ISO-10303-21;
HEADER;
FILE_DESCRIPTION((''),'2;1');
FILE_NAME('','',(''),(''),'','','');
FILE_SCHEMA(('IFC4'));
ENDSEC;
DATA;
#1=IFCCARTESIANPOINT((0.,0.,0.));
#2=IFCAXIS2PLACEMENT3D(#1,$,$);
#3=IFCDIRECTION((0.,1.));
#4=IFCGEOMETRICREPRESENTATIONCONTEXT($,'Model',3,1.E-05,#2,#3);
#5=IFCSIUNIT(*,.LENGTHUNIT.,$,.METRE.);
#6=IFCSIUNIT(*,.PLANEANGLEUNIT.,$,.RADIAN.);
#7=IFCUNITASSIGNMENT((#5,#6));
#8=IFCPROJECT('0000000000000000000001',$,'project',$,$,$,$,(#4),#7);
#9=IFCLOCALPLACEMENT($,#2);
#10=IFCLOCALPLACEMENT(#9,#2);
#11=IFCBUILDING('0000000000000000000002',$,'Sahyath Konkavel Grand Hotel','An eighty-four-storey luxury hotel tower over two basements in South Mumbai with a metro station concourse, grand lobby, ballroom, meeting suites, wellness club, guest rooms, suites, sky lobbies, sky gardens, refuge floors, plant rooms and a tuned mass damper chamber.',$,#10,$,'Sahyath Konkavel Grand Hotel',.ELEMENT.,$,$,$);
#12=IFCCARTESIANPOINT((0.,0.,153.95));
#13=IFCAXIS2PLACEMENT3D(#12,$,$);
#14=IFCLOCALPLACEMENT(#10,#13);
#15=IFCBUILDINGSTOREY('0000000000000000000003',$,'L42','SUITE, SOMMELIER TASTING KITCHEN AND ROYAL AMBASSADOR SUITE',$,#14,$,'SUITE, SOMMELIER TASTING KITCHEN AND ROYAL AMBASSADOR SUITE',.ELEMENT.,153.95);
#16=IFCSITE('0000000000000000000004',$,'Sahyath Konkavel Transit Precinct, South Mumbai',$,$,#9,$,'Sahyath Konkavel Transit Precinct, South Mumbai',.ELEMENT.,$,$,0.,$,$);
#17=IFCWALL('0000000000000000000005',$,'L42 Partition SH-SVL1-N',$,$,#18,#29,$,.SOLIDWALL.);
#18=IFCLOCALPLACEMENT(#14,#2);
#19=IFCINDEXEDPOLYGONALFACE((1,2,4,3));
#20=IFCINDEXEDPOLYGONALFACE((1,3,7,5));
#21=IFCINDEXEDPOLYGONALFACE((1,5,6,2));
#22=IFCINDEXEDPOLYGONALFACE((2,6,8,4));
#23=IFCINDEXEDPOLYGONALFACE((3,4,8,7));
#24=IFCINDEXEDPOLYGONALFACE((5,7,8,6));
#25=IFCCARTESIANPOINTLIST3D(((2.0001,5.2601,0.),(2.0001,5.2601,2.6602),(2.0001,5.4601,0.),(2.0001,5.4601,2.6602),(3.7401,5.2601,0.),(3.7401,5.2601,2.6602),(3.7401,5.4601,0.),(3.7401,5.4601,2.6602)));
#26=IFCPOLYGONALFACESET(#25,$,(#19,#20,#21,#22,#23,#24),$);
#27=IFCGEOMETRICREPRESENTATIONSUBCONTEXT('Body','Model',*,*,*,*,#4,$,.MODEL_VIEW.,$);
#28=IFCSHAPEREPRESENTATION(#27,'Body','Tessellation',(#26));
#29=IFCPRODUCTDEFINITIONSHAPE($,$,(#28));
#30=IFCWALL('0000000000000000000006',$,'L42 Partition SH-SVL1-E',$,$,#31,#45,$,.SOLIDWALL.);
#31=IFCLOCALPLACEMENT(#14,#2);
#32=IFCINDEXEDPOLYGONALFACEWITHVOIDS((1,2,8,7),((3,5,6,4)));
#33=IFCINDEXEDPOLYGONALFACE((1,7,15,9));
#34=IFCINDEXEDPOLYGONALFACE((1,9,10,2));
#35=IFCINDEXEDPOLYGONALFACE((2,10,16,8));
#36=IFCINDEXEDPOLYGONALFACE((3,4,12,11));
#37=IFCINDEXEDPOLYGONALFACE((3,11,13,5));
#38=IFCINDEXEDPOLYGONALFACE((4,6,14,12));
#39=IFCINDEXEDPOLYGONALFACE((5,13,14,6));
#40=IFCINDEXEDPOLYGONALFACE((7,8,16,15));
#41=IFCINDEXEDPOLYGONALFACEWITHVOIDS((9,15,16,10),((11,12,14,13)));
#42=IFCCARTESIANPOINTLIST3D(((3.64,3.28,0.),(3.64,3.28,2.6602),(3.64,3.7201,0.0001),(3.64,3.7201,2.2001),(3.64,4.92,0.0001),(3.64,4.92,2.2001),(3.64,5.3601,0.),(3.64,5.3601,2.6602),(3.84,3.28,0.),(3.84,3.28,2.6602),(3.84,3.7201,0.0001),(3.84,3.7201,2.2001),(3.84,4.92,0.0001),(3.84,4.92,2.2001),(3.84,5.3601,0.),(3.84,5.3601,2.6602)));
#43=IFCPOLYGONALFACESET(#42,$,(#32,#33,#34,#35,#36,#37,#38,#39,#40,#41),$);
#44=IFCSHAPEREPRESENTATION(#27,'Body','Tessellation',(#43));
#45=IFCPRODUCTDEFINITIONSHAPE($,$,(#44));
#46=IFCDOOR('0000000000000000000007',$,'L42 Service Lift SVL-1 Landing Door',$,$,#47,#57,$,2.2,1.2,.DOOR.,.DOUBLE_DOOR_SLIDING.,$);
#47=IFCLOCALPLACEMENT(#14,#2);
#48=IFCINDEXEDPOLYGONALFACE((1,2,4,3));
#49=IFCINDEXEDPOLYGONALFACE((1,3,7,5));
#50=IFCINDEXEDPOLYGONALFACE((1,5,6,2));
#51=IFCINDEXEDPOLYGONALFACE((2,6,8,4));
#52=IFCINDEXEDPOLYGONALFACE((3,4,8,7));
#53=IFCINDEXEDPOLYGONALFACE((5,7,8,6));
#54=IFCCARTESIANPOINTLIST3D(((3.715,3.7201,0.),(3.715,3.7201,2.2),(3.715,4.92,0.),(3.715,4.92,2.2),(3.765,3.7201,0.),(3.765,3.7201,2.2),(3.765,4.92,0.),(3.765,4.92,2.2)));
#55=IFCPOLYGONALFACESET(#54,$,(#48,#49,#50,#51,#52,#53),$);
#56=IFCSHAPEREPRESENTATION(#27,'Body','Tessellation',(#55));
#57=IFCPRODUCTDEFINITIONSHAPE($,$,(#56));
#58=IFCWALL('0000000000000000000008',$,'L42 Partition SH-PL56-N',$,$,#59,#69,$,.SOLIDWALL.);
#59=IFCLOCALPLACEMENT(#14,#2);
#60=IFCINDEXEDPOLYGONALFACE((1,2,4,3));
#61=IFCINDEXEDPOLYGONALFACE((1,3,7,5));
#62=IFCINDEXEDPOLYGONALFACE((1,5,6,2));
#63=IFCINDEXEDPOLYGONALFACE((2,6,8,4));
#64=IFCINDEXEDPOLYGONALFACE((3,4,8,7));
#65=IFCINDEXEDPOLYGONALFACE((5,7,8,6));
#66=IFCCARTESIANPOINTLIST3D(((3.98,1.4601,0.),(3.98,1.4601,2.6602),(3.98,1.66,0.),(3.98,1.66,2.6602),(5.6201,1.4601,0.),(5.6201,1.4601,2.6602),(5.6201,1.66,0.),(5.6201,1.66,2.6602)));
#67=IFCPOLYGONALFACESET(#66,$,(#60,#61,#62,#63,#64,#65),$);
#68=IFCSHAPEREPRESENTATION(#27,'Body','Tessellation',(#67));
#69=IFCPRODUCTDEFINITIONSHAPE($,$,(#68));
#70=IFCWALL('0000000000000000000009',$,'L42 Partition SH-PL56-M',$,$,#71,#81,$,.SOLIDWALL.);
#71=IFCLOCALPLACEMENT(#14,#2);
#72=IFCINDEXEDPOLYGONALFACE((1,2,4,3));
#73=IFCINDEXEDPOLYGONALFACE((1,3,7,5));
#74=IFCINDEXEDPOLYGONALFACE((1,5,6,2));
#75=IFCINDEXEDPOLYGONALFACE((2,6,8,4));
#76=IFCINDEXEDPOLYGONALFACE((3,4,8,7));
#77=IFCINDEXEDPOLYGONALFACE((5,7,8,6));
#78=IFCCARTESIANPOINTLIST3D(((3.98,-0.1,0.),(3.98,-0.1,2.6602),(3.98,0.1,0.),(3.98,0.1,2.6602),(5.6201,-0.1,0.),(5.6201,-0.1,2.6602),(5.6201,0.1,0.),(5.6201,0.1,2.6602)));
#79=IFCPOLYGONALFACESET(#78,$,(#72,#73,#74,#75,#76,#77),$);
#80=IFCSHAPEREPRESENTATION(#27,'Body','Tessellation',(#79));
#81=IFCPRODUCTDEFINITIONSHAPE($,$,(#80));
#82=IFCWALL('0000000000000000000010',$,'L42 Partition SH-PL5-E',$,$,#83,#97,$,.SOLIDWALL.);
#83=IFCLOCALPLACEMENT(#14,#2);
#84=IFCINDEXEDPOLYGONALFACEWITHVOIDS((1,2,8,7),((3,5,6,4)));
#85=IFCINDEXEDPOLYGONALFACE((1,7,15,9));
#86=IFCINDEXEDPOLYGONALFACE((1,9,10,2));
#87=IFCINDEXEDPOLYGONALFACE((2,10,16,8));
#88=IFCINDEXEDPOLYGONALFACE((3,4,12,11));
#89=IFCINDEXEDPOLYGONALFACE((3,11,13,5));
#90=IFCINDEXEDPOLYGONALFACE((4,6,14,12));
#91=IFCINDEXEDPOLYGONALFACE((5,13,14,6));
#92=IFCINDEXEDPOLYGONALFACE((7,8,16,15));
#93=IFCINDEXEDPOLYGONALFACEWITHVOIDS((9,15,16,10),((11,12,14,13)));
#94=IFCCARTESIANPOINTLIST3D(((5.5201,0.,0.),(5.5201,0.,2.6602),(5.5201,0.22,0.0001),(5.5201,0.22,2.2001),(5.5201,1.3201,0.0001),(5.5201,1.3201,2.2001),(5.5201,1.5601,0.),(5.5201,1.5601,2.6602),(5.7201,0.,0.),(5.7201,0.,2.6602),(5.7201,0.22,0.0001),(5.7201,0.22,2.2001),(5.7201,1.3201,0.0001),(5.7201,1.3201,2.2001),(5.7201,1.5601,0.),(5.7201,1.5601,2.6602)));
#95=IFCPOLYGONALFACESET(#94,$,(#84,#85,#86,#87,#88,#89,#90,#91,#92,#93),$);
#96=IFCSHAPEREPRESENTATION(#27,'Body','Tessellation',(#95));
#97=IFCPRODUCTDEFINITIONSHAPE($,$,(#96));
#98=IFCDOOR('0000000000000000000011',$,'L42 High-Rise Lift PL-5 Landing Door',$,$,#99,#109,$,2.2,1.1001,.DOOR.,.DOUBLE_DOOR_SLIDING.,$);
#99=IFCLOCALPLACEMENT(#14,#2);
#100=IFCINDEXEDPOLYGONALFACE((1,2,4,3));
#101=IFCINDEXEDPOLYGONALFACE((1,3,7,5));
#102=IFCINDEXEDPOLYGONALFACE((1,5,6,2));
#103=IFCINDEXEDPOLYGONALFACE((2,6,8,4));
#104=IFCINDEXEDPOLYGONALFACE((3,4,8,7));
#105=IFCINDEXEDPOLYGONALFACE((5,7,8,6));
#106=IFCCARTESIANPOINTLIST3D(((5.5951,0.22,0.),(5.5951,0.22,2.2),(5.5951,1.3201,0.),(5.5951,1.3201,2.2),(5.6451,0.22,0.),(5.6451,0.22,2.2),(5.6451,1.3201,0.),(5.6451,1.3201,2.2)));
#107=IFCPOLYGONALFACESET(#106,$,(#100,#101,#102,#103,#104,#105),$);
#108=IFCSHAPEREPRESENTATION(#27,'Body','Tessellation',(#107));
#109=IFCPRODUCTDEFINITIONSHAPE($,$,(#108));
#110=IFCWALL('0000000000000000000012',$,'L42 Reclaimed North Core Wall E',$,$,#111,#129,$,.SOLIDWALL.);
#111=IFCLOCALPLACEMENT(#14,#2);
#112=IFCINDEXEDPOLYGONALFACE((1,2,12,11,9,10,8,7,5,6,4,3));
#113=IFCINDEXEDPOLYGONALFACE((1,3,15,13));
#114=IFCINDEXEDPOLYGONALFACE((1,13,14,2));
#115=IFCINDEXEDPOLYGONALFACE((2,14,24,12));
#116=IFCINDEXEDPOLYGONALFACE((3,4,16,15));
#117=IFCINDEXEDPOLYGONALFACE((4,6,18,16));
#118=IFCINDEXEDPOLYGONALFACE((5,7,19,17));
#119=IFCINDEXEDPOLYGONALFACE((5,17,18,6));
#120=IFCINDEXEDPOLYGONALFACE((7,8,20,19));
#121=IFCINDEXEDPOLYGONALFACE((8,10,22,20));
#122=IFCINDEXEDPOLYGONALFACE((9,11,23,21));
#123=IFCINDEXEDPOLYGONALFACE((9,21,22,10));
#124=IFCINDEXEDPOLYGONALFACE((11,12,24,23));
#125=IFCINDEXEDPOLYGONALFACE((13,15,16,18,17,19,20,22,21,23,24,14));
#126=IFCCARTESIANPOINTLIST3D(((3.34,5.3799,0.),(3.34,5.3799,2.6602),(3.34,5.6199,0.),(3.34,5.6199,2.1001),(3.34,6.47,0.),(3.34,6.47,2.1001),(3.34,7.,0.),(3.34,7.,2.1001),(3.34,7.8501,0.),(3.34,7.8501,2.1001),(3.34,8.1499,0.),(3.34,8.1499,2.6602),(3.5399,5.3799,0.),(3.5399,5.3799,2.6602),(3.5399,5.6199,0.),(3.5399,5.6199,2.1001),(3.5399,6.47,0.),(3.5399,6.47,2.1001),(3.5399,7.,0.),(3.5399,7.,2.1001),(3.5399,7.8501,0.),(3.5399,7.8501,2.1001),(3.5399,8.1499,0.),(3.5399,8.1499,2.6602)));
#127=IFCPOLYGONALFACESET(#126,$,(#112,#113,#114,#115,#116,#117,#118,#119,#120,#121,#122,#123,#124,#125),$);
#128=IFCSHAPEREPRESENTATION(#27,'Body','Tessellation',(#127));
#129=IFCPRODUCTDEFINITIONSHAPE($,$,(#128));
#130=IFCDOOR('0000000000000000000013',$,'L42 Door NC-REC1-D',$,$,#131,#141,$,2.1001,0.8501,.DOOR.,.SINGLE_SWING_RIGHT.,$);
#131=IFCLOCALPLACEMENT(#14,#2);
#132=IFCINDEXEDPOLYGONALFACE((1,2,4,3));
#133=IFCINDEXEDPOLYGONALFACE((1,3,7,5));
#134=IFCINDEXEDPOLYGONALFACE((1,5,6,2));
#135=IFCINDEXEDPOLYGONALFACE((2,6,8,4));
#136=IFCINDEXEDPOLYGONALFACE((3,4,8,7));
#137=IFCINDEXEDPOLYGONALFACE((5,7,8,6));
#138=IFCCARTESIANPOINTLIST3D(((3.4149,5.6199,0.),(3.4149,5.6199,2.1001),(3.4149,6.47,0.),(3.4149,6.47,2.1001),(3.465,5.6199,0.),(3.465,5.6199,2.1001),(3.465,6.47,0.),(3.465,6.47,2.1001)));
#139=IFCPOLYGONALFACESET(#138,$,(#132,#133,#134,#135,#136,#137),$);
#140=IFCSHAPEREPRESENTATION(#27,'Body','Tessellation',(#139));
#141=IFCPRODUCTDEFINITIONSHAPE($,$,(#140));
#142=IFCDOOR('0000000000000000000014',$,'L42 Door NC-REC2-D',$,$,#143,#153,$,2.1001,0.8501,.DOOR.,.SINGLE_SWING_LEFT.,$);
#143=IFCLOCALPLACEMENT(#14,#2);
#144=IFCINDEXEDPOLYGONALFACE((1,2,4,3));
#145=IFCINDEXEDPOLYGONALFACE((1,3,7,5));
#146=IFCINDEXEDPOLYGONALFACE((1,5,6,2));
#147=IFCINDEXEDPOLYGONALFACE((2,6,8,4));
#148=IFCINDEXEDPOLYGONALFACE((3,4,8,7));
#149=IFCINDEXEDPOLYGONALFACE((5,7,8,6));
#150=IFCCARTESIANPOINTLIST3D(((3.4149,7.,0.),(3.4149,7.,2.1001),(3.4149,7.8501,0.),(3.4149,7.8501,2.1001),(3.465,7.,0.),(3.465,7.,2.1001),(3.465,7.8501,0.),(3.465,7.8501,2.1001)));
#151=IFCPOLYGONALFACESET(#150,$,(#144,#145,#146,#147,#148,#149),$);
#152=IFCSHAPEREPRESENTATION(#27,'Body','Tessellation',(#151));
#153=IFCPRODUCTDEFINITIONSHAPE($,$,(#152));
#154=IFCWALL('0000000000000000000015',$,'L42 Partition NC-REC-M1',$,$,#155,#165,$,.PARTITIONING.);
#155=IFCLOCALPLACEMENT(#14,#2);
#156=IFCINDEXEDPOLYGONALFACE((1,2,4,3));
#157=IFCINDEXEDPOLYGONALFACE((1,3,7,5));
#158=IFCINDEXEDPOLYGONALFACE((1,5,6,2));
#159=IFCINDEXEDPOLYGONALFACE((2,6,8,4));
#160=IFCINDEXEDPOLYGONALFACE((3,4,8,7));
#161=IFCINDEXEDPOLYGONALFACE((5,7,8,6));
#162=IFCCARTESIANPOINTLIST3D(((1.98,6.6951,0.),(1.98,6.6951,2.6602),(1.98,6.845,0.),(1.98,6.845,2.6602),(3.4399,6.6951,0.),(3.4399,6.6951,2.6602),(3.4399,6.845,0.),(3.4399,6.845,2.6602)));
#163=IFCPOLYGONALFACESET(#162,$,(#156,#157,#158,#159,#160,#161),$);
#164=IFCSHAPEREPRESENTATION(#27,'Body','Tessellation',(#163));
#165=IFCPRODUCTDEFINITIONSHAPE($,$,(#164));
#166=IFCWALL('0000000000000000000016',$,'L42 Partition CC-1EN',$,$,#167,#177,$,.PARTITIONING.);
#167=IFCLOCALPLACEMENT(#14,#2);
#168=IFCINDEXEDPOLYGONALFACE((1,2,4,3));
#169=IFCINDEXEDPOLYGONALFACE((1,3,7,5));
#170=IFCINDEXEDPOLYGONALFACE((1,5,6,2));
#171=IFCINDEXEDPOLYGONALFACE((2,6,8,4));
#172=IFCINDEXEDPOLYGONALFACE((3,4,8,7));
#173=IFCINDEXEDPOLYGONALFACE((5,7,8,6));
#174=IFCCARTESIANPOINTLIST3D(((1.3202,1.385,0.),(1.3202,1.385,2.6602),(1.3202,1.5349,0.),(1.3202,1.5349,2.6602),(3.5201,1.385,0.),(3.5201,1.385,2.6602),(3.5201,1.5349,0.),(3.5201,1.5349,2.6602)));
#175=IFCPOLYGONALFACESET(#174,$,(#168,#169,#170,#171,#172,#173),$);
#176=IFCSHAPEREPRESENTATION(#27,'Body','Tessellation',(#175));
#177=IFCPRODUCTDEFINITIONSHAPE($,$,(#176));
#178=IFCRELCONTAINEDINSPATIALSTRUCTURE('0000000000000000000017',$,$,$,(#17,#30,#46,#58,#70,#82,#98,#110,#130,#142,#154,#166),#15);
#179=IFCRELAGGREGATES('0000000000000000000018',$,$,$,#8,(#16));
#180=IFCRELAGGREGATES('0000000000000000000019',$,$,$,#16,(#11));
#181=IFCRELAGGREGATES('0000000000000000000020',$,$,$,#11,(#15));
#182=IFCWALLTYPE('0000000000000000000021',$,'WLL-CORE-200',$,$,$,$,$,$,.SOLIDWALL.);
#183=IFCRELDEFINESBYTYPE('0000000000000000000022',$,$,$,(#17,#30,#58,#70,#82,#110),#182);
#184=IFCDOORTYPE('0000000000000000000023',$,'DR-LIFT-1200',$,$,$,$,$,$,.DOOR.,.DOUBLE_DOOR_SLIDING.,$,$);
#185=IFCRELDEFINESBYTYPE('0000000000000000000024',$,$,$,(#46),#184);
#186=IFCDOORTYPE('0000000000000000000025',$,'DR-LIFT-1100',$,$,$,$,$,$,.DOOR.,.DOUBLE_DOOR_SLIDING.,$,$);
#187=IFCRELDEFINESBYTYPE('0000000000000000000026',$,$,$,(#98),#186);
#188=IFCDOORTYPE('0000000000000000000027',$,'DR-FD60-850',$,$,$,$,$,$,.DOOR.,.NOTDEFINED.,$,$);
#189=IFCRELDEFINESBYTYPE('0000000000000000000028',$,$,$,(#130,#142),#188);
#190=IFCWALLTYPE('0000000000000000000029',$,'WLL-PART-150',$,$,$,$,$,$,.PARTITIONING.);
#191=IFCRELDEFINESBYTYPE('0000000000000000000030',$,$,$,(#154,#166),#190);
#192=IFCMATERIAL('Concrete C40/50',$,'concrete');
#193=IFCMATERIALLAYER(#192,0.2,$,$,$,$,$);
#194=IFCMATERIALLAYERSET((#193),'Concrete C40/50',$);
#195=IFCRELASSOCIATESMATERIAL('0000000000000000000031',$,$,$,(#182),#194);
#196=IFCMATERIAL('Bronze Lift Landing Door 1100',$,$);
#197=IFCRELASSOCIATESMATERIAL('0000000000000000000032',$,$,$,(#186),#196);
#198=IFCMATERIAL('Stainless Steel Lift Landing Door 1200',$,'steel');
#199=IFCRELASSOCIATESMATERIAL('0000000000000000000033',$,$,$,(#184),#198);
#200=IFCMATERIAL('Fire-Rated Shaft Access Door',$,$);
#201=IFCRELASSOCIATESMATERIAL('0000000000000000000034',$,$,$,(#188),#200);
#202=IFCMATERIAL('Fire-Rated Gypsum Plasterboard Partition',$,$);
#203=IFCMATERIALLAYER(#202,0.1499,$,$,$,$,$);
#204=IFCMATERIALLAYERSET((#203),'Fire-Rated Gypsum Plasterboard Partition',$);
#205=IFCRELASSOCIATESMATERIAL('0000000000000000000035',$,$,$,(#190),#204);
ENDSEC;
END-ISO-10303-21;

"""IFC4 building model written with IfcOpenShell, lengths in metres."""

from ifc_helpers import new_model, si_unit, direction, frame, frame_2d, origin, origin_2d, place, context, subcontext, project, spatial, rectangle, extrude, source, transform, mapped, material, layer, layer_set, type_object, element, fill, save


model = new_model("IFC4")

# Units and contexts
model_context = context("Model", 3, precision=1e-05, world=origin(), true_north=direction((0.0, 1.0)))
body_context = subcontext(model_context, "Body", "Model", "MODEL_VIEW")
ifc_project = project(units=[si_unit("LENGTHUNIT", "METRE"), si_unit("PLANEANGLEUNIT", "RADIAN")], contexts=[model_context])

# Site, building, storey
site_placement = place(None, origin())
site = spatial("IfcSite", under=ifc_project, at=site_placement, Name="Sahyath Konkavel Transit Precinct, South Mumbai", LongName="Sahyath Konkavel Transit Precinct, South Mumbai", CompositionType="ELEMENT", RefElevation=0.0)
building_placement = place(site_placement, origin())
building = spatial("IfcBuilding", under=site, at=building_placement, Name="Sahyath Konkavel Grand Hotel", Description="An eighty-four-storey luxury hotel tower over two basements in South Mumbai with a metro station concourse, grand lobby, ballroom, meeting suites, wellness club, guest rooms, suites, sky lobbies, sky gardens, refuge floors, plant rooms and a tuned mass damper chamber.", LongName="Sahyath Konkavel Grand Hotel", CompositionType="ELEMENT")
storey_placement = place(building_placement, frame((0.0, 0.0, 153.95)))
storey = spatial("IfcBuildingStorey", under=building, at=storey_placement, Name="L42", Description="SUITE, SOMMELIER TASTING KITCHEN AND ROYAL AMBASSADOR SUITE", LongName="SUITE, SOMMELIER TASTING KITCHEN AND ROYAL AMBASSADOR SUITE", CompositionType="ELEMENT", Elevation=153.95)

# Shared definitions
ifc_material_1 = material(Name="Concrete C40/50", Category="concrete")

# Shared definitions
ifc_layer_1 = layer(ifc_material_1, 0.2)
ifc_layer_set_1 = layer_set([ifc_layer_1], Name="Concrete C40/50")
wall_type_1 = type_object("IfcWallType", Name="WLL-CORE-200", PredefinedType="SOLIDWALL", material=ifc_layer_set_1)
shared_shape_1 = source(origin(), body_context, "Body", "SweptSolid", [
    extrude(rectangle(XDim=0.8501, YDim=0.05, at=origin_2d()), origin(), (0.0, 0.0, 1.0), 2.1001),
])

# Shared definitions
ifc_material_2 = material(Name="Bronze Lift Landing Door 1100")
door_type_1 = type_object("IfcDoorType", Name="DR-LIFT-1100", OperationType="DOUBLE_DOOR_SLIDING", PredefinedType="DOOR", material=ifc_material_2)
shared_shape_2 = source(origin(), body_context, "Body", "SweptSolid", [
    extrude(rectangle(XDim=1.1001, YDim=0.05, at=origin_2d()), origin(), (0.0, 0.0, 1.0), 2.2),
])

# Wall
wall_1_placement = place(storey_placement, frame((2.0, 5.3601, 0.0), z_axis=(0.0, 0.0, 1.0), x_axis=(1.0, 0.0, 0.0)))
element("IfcWall", 1, at=wall_1_placement, inside=storey, type_object=wall_type_1, Name="L42 Partition SH-SVL1-N", PredefinedType="SOLIDWALL", context=body_context, shape_type="SweptSolid", body=[
    extrude(rectangle(XDim=1.74, YDim=0.2, at=frame_2d((0.8701, 0.0))), origin(), (0.0, 0.0, 1.0), 2.6602),
])

# Wall, opening, door
wall_2_placement = place(storey_placement, frame((3.74, 3.28, 0.0), z_axis=(0.0, 0.0, 1.0), x_axis=(0.0, 1.0, 0.0)))
wall_2 = element("IfcWall", 2, at=wall_2_placement, inside=storey, type_object=wall_type_1, Name="L42 Partition SH-SVL1-E", PredefinedType="SOLIDWALL", context=body_context, shape_type="SweptSolid", body=[
    extrude(rectangle(XDim=2.0801, YDim=0.2, at=frame_2d((1.04, 0.0))), origin(), (0.0, 0.0, 1.0), 2.6602),
])
opening_1_placement = place(wall_2_placement, frame((0.4399, 0.0, 0.0)))
opening_1 = element("IfcOpeningElement", 3, at=opening_1_placement, cuts=wall_2, PredefinedType="OPENING", context=body_context, shape_type="SweptSolid", body=[
    extrude(rectangle(XDim=1.2, YDim=2.2, at=frame_2d((0.6001, 1.1001))), frame((0.0, 0.1099, 0.0), z_axis=(0.0, -1.0, 0.0), x_axis=(1.0, 0.0, 0.0)), (0.0, 0.0, 1.0), 0.22),
])
ifc_material_3 = material(Name="Stainless Steel Lift Landing Door 1200", Category="steel")
door_type_2 = type_object("IfcDoorType", Name="DR-LIFT-1200", OperationType="DOUBLE_DOOR_SLIDING", PredefinedType="DOOR", material=ifc_material_3)
shared_shape_3 = source(origin(), body_context, "Body", "SweptSolid", [
    extrude(rectangle(XDim=1.2, YDim=0.05, at=origin_2d()), origin(), (0.0, 0.0, 1.0), 2.2),
])
door_1_placement = place(opening_1_placement, frame((0.6001, 0.0, 0.0)))
door_1 = element("IfcDoor", 4, at=door_1_placement, inside=storey, type_object=door_type_2, Name="L42 Service Lift SVL-1 Landing Door", OperationType="DOUBLE_DOOR_SLIDING", OverallHeight=2.2, OverallWidth=1.2, PredefinedType="DOOR", context=body_context, shape_type="MappedRepresentation", body=[
    mapped(shared_shape_3, transform((0.0, 0.0, 0.0), scale=1.0)),
])
fill(opening_1, door_1)

# Walls
for number, where, z_axis, x_axis, name in (
    (5, (3.98, 1.5601, 0.0), (0.0, 0.0, 1.0), (1.0, 0.0, 0.0), "L42 Partition SH-PL56-N"),
    (6, (3.98, 0.0, 0.0), (0.0, 0.0, 1.0), (1.0, 0.0, 0.0), "L42 Partition SH-PL56-M"),
):
    element("IfcWall", number, at=place(storey_placement, frame(where, z_axis=z_axis, x_axis=x_axis)), inside=storey, type_object=wall_type_1, Name=name, PredefinedType="SOLIDWALL", context=body_context, shape_type="SweptSolid", body=[
        extrude(rectangle(XDim=1.6401, YDim=0.2, at=frame_2d((0.8201, 0.0))), origin(), (0.0, 0.0, 1.0), 2.6602),
    ])

# Wall, opening, door
wall_3_placement = place(storey_placement, frame((5.6201, 0.0, 0.0), z_axis=(0.0, 0.0, 1.0), x_axis=(0.0, 1.0, 0.0)))
wall_3 = element("IfcWall", 7, at=wall_3_placement, inside=storey, type_object=wall_type_1, Name="L42 Partition SH-PL5-E", PredefinedType="SOLIDWALL", context=body_context, shape_type="SweptSolid", body=[
    extrude(rectangle(XDim=1.5601, YDim=0.2, at=frame_2d((0.78, 0.0))), origin(), (0.0, 0.0, 1.0), 2.6602),
])
opening_2_placement = place(wall_3_placement, frame((0.22, 0.0, 0.0)))
opening_2 = element("IfcOpeningElement", 8, at=opening_2_placement, cuts=wall_3, PredefinedType="OPENING", context=body_context, shape_type="SweptSolid", body=[
    extrude(rectangle(XDim=1.1001, YDim=2.2, at=frame_2d((0.55, 1.1001))), frame((0.0, 0.1099, 0.0), z_axis=(0.0, -1.0, 0.0), x_axis=(1.0, 0.0, 0.0)), (0.0, 0.0, 1.0), 0.22),
])
door_2_placement = place(opening_2_placement, frame((0.55, 0.0, 0.0)))
door_2 = element("IfcDoor", 9, at=door_2_placement, inside=storey, type_object=door_type_1, Name="L42 High-Rise Lift PL-5 Landing Door", OperationType="DOUBLE_DOOR_SLIDING", OverallHeight=2.2, OverallWidth=1.1001, PredefinedType="DOOR", context=body_context, shape_type="MappedRepresentation", body=[
    mapped(shared_shape_2, transform((0.0, 0.0, 0.0), scale=1.0)),
])
fill(opening_2, door_2)

# Wall, openings, doors
wall_4_placement = place(storey_placement, frame((3.4399, 5.3799, 0.0), z_axis=(0.0, 0.0, 1.0), x_axis=(0.0, 1.0, 0.0)))
wall_4 = element("IfcWall", 10, at=wall_4_placement, inside=storey, type_object=wall_type_1, Name="L42 Reclaimed North Core Wall E", PredefinedType="SOLIDWALL", context=body_context, shape_type="SweptSolid", body=[
    extrude(rectangle(XDim=2.77, YDim=0.2, at=frame_2d((1.385, 0.0))), origin(), (0.0, 0.0, 1.0), 2.6602),
])
opening_3_placement = place(wall_4_placement, frame((0.24, 0.0, 0.0)))
opening_3 = element("IfcOpeningElement", 11, at=opening_3_placement, cuts=wall_4, PredefinedType="OPENING", context=body_context, shape_type="SweptSolid", body=[
    extrude(rectangle(XDim=0.8501, YDim=2.1001, at=frame_2d((0.425, 1.05))), frame((0.0, 0.1099, 0.0), z_axis=(0.0, -1.0, 0.0), x_axis=(1.0, 0.0, 0.0)), (0.0, 0.0, 1.0), 0.22),
])
opening_4_placement = place(wall_4_placement, frame((1.6201, 0.0, 0.0)))
opening_4 = element("IfcOpeningElement", 12, at=opening_4_placement, cuts=wall_4, PredefinedType="OPENING", context=body_context, shape_type="SweptSolid", body=[
    extrude(rectangle(XDim=0.8501, YDim=2.1001, at=frame_2d((0.425, 1.05))), frame((0.0, 0.1099, 0.0), z_axis=(0.0, -1.0, 0.0), x_axis=(1.0, 0.0, 0.0)), (0.0, 0.0, 1.0), 0.22),
])
ifc_material_4 = material(Name="Fire-Rated Shaft Access Door")
door_type_3 = type_object("IfcDoorType", Name="DR-FD60-850", OperationType="NOTDEFINED", PredefinedType="DOOR", material=ifc_material_4)
door_3_placement = place(opening_3_placement, frame((0.425, 0.0, 0.0)))
door_3 = element("IfcDoor", 13, at=door_3_placement, inside=storey, type_object=door_type_3, Name="L42 Door NC-REC1-D", OperationType="SINGLE_SWING_RIGHT", OverallHeight=2.1001, OverallWidth=0.8501, PredefinedType="DOOR", context=body_context, shape_type="MappedRepresentation", body=[
    mapped(shared_shape_1, transform((0.0, 0.0, 0.0), scale=1.0)),
])
fill(opening_3, door_3)
door_4_placement = place(opening_4_placement, frame((0.425, 0.0, 0.0)))
door_4 = element("IfcDoor", 14, at=door_4_placement, inside=storey, type_object=door_type_3, Name="L42 Door NC-REC2-D", OperationType="SINGLE_SWING_LEFT", OverallHeight=2.1001, OverallWidth=0.8501, PredefinedType="DOOR", context=body_context, shape_type="MappedRepresentation", body=[
    mapped(shared_shape_1, transform((0.0, 0.0, 0.0), scale=1.0)),
])
fill(opening_4, door_4)

# Walls
ifc_material_5 = material(Name="Fire-Rated Gypsum Plasterboard Partition")
ifc_layer_2 = layer(ifc_material_5, 0.1499)
ifc_layer_set_2 = layer_set([ifc_layer_2], Name="Fire-Rated Gypsum Plasterboard Partition")
wall_type_2 = type_object("IfcWallType", Name="WLL-PART-150", PredefinedType="PARTITIONING", material=ifc_layer_set_2)
wall_5_placement = place(storey_placement, frame((1.98, 6.77, 0.0), z_axis=(0.0, 0.0, 1.0), x_axis=(1.0, 0.0, 0.0)))
element("IfcWall", 15, at=wall_5_placement, inside=storey, type_object=wall_type_2, Name="L42 Partition NC-REC-M1", PredefinedType="PARTITIONING", context=body_context, shape_type="SweptSolid", body=[
    extrude(rectangle(XDim=1.46, YDim=0.1499, at=frame_2d((0.73, 0.0))), origin(), (0.0, 0.0, 1.0), 2.6602),
])
wall_6_placement = place(storey_placement, frame((1.3201, 1.46, 0.0), z_axis=(0.0, 0.0, 1.0), x_axis=(1.0, 0.0, 0.0)))
element("IfcWall", 16, at=wall_6_placement, inside=storey, type_object=wall_type_2, Name="L42 Partition CC-1EN", PredefinedType="PARTITIONING", context=body_context, shape_type="SweptSolid", body=[
    extrude(rectangle(XDim=2.2, YDim=0.1499, at=frame_2d((1.1001, 0.0))), origin(), (0.0, 0.0, 1.0), 2.6602),
])

save(model, "model.ifc")
